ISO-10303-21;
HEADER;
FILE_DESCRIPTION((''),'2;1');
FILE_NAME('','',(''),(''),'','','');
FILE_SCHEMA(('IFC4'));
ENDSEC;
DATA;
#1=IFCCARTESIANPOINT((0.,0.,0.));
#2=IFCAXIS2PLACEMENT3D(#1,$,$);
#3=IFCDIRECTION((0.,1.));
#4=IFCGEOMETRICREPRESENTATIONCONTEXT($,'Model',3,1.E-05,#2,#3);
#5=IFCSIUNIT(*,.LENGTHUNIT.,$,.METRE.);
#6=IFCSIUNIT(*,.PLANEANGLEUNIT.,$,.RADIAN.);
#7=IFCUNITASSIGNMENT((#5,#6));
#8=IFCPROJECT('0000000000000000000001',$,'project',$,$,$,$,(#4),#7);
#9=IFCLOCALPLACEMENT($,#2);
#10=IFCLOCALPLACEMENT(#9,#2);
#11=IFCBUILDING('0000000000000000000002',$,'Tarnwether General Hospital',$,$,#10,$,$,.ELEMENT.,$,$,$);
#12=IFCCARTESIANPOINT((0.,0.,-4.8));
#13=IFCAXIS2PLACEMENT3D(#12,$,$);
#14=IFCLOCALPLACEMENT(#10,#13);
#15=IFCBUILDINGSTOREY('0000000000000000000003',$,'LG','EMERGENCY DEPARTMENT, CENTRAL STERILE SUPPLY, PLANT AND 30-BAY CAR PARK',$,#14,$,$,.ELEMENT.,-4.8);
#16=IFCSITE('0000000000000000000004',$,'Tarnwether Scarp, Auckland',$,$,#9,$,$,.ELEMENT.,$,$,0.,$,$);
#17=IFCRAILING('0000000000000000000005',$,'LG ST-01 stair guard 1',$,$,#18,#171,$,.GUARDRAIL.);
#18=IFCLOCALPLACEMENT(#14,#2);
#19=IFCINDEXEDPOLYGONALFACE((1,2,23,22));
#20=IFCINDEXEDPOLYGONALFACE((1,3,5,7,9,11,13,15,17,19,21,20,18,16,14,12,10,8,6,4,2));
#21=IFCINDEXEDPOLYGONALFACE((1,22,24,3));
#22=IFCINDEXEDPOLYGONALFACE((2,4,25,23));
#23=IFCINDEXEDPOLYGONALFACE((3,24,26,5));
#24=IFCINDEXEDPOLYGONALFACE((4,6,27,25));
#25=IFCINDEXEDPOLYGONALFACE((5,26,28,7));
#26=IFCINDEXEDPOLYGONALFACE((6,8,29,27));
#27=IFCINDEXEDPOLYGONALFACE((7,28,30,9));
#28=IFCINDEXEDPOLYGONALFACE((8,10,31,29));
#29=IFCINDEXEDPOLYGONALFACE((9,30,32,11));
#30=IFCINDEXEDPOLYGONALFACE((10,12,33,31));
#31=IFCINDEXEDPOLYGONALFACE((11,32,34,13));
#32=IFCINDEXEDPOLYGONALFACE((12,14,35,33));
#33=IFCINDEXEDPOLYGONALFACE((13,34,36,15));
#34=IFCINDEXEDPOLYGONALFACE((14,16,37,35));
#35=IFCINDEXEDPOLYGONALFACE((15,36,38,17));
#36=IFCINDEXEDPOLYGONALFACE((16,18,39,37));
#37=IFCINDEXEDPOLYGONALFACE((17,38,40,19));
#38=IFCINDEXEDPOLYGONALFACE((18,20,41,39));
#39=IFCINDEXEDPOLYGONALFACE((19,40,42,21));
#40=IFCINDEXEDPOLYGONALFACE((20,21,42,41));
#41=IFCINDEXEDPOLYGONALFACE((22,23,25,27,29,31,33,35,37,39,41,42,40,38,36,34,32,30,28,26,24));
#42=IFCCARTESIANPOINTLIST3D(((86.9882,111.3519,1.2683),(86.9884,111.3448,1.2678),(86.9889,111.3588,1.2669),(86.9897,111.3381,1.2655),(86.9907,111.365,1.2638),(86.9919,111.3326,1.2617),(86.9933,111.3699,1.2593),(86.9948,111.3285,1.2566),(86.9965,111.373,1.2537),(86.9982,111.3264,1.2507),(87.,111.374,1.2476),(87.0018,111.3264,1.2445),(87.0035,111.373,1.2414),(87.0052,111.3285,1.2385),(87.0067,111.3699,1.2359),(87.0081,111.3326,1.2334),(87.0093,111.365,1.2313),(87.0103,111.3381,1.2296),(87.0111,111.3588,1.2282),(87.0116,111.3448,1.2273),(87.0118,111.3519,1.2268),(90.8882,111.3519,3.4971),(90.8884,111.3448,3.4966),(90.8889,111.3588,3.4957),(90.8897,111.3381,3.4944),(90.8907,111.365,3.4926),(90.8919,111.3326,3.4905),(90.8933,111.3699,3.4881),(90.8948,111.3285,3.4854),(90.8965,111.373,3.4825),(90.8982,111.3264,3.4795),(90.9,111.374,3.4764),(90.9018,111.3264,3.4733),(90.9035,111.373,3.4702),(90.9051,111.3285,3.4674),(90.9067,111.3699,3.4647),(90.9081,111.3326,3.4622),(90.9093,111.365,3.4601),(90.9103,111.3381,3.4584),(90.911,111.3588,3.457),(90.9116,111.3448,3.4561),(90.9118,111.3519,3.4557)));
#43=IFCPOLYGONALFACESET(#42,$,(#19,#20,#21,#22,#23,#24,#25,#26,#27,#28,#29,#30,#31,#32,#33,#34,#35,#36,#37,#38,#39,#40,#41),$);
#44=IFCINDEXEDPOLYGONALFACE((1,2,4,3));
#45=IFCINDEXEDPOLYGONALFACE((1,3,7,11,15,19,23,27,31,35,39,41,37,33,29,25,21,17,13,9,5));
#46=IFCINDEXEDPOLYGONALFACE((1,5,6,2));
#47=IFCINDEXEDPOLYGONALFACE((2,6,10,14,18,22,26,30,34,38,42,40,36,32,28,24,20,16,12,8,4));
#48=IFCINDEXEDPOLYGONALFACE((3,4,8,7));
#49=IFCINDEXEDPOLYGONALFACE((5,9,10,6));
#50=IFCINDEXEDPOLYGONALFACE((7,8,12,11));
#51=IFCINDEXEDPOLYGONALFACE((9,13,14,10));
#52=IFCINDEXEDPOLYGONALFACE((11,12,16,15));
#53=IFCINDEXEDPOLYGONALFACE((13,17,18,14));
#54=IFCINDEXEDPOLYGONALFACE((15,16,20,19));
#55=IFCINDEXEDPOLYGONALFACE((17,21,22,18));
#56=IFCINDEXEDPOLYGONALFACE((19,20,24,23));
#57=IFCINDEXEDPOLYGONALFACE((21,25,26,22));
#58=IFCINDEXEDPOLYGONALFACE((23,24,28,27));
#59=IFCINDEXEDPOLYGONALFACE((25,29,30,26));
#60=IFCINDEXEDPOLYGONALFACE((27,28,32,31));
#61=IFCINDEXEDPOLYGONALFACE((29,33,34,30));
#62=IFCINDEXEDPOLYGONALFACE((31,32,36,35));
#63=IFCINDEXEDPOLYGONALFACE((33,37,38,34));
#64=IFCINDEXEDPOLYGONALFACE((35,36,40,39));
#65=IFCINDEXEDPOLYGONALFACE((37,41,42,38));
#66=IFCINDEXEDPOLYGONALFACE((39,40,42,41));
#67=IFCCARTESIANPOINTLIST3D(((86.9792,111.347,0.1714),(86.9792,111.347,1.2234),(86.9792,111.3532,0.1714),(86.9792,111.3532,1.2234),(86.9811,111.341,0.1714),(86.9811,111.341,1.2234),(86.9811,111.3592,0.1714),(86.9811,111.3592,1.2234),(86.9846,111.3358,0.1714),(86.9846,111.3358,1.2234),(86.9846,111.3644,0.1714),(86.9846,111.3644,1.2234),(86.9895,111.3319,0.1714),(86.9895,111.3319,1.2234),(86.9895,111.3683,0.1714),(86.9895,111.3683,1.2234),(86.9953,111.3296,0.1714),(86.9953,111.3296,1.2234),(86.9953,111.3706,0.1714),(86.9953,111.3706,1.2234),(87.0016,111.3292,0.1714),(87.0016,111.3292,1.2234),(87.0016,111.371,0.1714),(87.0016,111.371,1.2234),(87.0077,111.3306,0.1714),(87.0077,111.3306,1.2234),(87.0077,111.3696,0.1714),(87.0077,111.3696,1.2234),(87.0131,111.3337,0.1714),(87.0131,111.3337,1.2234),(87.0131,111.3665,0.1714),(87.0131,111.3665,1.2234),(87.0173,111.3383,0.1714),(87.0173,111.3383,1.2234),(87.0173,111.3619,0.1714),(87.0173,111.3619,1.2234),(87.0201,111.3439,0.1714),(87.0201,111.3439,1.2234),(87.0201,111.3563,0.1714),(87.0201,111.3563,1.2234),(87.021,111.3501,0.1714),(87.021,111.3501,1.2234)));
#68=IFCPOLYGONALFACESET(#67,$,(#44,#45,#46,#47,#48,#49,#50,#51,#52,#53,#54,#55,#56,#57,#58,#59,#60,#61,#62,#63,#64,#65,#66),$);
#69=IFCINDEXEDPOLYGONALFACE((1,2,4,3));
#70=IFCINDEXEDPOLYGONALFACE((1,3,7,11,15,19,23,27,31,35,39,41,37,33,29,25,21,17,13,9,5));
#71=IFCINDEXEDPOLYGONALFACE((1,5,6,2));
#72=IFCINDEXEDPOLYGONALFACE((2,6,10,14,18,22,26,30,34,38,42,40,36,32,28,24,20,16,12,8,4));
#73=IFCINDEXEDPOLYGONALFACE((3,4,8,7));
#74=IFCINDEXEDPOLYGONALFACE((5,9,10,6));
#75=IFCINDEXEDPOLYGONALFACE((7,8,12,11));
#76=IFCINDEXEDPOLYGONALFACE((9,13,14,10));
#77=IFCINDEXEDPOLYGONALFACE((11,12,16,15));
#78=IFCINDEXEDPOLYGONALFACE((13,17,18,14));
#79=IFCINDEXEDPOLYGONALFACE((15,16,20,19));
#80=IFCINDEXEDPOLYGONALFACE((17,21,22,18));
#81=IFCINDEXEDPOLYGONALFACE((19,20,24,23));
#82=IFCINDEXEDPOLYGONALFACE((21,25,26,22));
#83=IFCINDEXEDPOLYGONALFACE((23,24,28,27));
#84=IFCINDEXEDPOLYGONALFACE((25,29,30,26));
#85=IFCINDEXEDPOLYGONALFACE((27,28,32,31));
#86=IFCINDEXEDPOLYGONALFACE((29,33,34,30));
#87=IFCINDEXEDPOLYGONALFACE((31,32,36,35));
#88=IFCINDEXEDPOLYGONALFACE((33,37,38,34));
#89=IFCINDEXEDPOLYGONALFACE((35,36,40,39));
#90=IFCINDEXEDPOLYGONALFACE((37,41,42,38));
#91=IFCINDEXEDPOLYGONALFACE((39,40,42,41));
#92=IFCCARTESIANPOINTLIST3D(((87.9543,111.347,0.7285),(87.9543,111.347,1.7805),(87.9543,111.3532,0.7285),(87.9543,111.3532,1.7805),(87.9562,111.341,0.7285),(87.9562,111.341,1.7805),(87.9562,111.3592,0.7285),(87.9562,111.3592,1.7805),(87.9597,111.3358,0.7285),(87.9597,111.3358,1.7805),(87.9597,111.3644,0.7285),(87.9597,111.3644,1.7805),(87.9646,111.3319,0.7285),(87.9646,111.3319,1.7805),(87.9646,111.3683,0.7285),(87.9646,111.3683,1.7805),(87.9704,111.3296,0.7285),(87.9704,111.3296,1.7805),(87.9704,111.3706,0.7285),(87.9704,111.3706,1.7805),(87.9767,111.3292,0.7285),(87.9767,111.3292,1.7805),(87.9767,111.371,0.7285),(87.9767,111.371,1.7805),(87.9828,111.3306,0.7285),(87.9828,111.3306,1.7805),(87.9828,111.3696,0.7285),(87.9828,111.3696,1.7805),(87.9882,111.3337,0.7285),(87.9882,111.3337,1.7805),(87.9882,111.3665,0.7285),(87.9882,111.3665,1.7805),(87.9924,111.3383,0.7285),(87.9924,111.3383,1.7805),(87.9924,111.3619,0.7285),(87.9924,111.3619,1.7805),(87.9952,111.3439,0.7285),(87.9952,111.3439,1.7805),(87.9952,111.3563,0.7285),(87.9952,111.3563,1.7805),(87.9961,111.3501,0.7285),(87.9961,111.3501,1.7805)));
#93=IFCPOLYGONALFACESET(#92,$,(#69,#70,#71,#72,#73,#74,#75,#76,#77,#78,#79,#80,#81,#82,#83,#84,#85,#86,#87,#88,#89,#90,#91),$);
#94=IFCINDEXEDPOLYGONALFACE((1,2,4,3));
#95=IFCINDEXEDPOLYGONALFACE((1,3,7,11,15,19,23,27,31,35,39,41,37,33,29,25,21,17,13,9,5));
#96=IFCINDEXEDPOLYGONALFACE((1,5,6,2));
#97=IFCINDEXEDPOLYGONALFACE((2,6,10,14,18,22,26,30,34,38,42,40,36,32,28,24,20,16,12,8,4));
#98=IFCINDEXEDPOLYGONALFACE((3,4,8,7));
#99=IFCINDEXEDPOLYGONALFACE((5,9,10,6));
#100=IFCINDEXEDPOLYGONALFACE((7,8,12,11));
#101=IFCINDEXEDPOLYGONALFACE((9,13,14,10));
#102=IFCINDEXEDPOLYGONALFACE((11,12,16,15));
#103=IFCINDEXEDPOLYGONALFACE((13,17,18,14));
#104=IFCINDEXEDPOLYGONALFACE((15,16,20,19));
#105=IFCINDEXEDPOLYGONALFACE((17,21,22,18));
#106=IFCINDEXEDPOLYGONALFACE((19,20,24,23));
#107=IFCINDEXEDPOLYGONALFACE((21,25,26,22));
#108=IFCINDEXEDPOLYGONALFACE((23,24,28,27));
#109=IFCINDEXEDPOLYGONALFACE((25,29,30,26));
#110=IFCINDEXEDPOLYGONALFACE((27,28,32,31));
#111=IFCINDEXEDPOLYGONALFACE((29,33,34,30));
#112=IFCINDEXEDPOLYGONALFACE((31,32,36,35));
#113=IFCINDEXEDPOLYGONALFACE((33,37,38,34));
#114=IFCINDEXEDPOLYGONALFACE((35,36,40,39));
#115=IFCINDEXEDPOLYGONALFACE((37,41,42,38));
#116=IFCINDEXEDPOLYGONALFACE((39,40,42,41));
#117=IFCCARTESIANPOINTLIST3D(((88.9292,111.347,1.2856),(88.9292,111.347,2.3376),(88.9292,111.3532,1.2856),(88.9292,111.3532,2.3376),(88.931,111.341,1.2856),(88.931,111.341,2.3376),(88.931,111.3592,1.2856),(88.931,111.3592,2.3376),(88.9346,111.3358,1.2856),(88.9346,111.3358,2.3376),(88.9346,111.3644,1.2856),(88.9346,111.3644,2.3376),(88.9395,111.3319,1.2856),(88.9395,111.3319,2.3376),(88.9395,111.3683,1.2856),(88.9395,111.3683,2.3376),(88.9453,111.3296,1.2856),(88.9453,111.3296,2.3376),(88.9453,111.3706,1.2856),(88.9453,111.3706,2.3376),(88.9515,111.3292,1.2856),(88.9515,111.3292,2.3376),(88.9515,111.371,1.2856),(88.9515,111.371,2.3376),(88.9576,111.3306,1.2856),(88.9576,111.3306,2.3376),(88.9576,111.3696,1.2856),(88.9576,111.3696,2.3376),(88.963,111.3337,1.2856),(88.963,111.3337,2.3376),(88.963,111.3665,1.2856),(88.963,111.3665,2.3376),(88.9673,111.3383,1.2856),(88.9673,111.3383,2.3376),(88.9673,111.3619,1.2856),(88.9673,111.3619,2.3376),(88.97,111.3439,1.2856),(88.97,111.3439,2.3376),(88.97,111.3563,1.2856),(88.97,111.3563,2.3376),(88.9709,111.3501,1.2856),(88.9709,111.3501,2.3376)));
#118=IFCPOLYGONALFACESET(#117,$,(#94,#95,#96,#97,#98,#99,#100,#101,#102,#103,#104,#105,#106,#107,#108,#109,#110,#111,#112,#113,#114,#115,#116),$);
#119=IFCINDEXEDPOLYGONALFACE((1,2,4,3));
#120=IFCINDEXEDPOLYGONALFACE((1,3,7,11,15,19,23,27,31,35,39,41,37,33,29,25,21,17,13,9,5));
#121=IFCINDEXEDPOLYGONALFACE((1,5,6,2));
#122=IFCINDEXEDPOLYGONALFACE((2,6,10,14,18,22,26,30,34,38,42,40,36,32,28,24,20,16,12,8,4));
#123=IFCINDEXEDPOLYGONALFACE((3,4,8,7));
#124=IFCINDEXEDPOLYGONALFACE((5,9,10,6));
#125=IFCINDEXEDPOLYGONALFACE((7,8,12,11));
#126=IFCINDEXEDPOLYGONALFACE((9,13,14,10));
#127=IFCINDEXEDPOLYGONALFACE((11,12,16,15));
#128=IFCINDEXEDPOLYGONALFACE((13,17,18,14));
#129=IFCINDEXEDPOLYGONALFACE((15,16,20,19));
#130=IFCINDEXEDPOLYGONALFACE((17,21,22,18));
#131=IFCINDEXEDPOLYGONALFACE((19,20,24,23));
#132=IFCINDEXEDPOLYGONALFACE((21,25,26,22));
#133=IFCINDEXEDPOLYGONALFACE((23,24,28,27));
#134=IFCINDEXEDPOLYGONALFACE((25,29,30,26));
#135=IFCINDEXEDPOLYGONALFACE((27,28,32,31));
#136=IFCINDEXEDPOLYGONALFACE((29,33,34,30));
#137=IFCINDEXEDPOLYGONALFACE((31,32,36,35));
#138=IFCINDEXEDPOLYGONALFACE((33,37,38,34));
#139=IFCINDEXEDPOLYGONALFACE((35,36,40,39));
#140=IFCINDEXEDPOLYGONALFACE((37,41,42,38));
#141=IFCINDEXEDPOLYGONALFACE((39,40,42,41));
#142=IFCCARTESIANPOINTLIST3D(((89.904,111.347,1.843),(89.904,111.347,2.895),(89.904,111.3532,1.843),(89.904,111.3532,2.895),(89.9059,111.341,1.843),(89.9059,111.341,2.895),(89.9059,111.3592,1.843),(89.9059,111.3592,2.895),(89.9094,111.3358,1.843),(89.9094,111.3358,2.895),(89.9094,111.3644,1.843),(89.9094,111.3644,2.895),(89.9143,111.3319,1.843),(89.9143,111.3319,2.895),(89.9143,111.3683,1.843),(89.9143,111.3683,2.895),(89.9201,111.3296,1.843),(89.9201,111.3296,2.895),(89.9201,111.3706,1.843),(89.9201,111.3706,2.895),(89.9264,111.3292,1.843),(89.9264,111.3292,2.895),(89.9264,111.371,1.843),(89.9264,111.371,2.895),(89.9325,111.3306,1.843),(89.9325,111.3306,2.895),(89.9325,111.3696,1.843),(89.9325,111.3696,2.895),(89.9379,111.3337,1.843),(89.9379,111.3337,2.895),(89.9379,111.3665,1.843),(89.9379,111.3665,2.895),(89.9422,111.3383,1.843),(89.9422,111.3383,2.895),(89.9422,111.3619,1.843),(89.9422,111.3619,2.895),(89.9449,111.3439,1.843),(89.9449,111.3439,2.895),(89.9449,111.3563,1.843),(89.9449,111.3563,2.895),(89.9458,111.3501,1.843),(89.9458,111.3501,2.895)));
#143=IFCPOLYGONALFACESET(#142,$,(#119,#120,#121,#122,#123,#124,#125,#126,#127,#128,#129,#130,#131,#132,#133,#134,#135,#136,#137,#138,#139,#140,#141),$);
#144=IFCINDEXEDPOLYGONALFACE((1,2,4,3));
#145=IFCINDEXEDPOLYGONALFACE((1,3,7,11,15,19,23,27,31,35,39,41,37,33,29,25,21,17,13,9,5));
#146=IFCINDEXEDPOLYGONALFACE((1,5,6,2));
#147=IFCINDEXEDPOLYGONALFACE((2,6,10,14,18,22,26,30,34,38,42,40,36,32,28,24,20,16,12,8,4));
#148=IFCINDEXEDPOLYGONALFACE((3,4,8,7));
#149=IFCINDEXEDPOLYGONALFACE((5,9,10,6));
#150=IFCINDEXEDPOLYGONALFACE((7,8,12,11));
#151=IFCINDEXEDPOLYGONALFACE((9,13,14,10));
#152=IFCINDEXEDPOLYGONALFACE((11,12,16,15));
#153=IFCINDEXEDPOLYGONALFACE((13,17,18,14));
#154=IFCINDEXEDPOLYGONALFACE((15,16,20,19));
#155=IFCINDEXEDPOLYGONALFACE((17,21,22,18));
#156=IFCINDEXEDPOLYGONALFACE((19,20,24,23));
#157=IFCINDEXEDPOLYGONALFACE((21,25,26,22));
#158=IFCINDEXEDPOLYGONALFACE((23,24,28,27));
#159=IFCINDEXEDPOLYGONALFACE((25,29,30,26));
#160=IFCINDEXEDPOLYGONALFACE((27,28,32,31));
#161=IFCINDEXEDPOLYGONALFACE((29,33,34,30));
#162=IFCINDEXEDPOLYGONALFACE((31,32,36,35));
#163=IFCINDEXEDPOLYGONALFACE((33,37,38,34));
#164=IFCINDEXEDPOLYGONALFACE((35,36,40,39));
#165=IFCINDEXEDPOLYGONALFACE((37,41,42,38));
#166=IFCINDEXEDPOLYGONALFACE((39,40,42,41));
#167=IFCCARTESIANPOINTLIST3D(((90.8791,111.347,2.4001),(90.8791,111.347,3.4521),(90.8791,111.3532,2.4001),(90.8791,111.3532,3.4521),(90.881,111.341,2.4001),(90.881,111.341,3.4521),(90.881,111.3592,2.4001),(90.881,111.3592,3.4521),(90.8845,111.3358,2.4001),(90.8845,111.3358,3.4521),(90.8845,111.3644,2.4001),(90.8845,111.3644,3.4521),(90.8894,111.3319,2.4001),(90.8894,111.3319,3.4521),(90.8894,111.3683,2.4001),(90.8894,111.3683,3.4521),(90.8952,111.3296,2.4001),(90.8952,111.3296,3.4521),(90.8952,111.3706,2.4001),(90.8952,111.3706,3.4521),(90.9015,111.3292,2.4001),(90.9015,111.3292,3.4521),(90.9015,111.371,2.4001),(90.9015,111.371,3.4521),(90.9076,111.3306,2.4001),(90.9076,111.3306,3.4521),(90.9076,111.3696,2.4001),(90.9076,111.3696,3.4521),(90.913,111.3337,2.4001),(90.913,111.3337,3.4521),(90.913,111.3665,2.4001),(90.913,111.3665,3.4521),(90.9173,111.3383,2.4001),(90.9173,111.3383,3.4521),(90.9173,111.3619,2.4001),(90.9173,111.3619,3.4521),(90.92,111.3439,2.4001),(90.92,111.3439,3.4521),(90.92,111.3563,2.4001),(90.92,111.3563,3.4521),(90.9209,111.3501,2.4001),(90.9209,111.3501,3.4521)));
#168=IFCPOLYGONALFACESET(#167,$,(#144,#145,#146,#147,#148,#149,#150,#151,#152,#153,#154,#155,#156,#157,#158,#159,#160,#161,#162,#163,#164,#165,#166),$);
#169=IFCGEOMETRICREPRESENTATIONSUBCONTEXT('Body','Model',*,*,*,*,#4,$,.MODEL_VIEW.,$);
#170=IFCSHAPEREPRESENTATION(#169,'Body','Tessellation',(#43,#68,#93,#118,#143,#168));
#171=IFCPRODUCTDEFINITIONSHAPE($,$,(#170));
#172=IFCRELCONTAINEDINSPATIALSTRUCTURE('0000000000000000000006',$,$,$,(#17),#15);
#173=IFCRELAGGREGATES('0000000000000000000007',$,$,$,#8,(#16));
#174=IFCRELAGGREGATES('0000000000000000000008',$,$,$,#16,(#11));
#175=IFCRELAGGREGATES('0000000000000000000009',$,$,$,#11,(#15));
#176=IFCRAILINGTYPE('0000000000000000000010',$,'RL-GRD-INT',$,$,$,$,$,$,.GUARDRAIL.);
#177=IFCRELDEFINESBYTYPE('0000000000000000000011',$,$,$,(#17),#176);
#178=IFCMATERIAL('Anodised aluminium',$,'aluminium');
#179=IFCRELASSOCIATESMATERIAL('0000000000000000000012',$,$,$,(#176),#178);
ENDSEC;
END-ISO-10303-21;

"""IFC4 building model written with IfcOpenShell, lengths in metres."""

from ifc_helpers import new_model, si_unit, direction, frame, origin, origin_2d, place, context, subcontext, project, spatial, circle, extrude, material, type_object, element, save


model = new_model("IFC4")

# Units and contexts
model_context = context("Model", 3, precision=1e-05, world=origin(), true_north=direction((0.0, 1.0)))
body_context = subcontext(model_context, "Body", "Model", "MODEL_VIEW")
ifc_project = project(units=[si_unit("LENGTHUNIT", "METRE"), si_unit("PLANEANGLEUNIT", "RADIAN")], contexts=[model_context])

# Site, building, storey
site_placement = place(None, origin())
site = spatial("IfcSite", under=ifc_project, at=site_placement, Name="Tarnwether Scarp, Auckland", CompositionType="ELEMENT", RefElevation=0.0)
building_placement = place(site_placement, origin())
building = spatial("IfcBuilding", under=site, at=building_placement, Name="Tarnwether General Hospital", CompositionType="ELEMENT")
storey_placement = place(building_placement, frame((0.0, 0.0, -4.8)))
storey = spatial("IfcBuildingStorey", under=building, at=storey_placement, Name="LG", Description="EMERGENCY DEPARTMENT, CENTRAL STERILE SUPPLY, PLANT AND 30-BAY CAR PARK", CompositionType="ELEMENT", Elevation=-4.8)

# Railing
ifc_material_1 = material(Name="Anodised aluminium", Category="aluminium")
railing_type_1 = type_object("IfcRailingType", Name="RL-GRD-INT", PredefinedType="GUARDRAIL", material=ifc_material_1)
railing_1_placement = place(storey_placement, frame((87.0, 111.3501, 0.1714)))
element("IfcRailing", 1, at=railing_1_placement, inside=storey, type_object=railing_type_1, Name="LG ST-01 stair guard 1", PredefinedType="GUARDRAIL", context=body_context, shape_type="SweptSolid", body=[
    extrude(circle(Radius=0.0239, at=origin_2d()), frame((0.0, 0.0, 1.0762), z_axis=(0.86822, 0.0, 0.49618), x_axis=(0.0, 1.0, 0.0)), (0.0, 0.0, 1.0), 4.4919),
    extrude(circle(Radius=0.021, at=origin_2d()), origin(), (0.0, 0.0, 1.0), 1.052),
    extrude(circle(Radius=0.021, at=origin_2d()), frame((0.9751, 0.0, 0.5571)), (0.0, 0.0, 1.0), 1.052),
    extrude(circle(Radius=0.021, at=origin_2d()), frame((1.95, 0.0, 1.1143)), (0.0, 0.0, 1.0), 1.052),
    extrude(circle(Radius=0.021, at=origin_2d()), frame((2.9248, 0.0, 1.6716)), (0.0, 0.0, 1.0), 1.052),
    extrude(circle(Radius=0.021, at=origin_2d()), frame((3.8999, 0.0, 2.2288)), (0.0, 0.0, 1.0), 1.052),
])

save(model, "model.ifc")
